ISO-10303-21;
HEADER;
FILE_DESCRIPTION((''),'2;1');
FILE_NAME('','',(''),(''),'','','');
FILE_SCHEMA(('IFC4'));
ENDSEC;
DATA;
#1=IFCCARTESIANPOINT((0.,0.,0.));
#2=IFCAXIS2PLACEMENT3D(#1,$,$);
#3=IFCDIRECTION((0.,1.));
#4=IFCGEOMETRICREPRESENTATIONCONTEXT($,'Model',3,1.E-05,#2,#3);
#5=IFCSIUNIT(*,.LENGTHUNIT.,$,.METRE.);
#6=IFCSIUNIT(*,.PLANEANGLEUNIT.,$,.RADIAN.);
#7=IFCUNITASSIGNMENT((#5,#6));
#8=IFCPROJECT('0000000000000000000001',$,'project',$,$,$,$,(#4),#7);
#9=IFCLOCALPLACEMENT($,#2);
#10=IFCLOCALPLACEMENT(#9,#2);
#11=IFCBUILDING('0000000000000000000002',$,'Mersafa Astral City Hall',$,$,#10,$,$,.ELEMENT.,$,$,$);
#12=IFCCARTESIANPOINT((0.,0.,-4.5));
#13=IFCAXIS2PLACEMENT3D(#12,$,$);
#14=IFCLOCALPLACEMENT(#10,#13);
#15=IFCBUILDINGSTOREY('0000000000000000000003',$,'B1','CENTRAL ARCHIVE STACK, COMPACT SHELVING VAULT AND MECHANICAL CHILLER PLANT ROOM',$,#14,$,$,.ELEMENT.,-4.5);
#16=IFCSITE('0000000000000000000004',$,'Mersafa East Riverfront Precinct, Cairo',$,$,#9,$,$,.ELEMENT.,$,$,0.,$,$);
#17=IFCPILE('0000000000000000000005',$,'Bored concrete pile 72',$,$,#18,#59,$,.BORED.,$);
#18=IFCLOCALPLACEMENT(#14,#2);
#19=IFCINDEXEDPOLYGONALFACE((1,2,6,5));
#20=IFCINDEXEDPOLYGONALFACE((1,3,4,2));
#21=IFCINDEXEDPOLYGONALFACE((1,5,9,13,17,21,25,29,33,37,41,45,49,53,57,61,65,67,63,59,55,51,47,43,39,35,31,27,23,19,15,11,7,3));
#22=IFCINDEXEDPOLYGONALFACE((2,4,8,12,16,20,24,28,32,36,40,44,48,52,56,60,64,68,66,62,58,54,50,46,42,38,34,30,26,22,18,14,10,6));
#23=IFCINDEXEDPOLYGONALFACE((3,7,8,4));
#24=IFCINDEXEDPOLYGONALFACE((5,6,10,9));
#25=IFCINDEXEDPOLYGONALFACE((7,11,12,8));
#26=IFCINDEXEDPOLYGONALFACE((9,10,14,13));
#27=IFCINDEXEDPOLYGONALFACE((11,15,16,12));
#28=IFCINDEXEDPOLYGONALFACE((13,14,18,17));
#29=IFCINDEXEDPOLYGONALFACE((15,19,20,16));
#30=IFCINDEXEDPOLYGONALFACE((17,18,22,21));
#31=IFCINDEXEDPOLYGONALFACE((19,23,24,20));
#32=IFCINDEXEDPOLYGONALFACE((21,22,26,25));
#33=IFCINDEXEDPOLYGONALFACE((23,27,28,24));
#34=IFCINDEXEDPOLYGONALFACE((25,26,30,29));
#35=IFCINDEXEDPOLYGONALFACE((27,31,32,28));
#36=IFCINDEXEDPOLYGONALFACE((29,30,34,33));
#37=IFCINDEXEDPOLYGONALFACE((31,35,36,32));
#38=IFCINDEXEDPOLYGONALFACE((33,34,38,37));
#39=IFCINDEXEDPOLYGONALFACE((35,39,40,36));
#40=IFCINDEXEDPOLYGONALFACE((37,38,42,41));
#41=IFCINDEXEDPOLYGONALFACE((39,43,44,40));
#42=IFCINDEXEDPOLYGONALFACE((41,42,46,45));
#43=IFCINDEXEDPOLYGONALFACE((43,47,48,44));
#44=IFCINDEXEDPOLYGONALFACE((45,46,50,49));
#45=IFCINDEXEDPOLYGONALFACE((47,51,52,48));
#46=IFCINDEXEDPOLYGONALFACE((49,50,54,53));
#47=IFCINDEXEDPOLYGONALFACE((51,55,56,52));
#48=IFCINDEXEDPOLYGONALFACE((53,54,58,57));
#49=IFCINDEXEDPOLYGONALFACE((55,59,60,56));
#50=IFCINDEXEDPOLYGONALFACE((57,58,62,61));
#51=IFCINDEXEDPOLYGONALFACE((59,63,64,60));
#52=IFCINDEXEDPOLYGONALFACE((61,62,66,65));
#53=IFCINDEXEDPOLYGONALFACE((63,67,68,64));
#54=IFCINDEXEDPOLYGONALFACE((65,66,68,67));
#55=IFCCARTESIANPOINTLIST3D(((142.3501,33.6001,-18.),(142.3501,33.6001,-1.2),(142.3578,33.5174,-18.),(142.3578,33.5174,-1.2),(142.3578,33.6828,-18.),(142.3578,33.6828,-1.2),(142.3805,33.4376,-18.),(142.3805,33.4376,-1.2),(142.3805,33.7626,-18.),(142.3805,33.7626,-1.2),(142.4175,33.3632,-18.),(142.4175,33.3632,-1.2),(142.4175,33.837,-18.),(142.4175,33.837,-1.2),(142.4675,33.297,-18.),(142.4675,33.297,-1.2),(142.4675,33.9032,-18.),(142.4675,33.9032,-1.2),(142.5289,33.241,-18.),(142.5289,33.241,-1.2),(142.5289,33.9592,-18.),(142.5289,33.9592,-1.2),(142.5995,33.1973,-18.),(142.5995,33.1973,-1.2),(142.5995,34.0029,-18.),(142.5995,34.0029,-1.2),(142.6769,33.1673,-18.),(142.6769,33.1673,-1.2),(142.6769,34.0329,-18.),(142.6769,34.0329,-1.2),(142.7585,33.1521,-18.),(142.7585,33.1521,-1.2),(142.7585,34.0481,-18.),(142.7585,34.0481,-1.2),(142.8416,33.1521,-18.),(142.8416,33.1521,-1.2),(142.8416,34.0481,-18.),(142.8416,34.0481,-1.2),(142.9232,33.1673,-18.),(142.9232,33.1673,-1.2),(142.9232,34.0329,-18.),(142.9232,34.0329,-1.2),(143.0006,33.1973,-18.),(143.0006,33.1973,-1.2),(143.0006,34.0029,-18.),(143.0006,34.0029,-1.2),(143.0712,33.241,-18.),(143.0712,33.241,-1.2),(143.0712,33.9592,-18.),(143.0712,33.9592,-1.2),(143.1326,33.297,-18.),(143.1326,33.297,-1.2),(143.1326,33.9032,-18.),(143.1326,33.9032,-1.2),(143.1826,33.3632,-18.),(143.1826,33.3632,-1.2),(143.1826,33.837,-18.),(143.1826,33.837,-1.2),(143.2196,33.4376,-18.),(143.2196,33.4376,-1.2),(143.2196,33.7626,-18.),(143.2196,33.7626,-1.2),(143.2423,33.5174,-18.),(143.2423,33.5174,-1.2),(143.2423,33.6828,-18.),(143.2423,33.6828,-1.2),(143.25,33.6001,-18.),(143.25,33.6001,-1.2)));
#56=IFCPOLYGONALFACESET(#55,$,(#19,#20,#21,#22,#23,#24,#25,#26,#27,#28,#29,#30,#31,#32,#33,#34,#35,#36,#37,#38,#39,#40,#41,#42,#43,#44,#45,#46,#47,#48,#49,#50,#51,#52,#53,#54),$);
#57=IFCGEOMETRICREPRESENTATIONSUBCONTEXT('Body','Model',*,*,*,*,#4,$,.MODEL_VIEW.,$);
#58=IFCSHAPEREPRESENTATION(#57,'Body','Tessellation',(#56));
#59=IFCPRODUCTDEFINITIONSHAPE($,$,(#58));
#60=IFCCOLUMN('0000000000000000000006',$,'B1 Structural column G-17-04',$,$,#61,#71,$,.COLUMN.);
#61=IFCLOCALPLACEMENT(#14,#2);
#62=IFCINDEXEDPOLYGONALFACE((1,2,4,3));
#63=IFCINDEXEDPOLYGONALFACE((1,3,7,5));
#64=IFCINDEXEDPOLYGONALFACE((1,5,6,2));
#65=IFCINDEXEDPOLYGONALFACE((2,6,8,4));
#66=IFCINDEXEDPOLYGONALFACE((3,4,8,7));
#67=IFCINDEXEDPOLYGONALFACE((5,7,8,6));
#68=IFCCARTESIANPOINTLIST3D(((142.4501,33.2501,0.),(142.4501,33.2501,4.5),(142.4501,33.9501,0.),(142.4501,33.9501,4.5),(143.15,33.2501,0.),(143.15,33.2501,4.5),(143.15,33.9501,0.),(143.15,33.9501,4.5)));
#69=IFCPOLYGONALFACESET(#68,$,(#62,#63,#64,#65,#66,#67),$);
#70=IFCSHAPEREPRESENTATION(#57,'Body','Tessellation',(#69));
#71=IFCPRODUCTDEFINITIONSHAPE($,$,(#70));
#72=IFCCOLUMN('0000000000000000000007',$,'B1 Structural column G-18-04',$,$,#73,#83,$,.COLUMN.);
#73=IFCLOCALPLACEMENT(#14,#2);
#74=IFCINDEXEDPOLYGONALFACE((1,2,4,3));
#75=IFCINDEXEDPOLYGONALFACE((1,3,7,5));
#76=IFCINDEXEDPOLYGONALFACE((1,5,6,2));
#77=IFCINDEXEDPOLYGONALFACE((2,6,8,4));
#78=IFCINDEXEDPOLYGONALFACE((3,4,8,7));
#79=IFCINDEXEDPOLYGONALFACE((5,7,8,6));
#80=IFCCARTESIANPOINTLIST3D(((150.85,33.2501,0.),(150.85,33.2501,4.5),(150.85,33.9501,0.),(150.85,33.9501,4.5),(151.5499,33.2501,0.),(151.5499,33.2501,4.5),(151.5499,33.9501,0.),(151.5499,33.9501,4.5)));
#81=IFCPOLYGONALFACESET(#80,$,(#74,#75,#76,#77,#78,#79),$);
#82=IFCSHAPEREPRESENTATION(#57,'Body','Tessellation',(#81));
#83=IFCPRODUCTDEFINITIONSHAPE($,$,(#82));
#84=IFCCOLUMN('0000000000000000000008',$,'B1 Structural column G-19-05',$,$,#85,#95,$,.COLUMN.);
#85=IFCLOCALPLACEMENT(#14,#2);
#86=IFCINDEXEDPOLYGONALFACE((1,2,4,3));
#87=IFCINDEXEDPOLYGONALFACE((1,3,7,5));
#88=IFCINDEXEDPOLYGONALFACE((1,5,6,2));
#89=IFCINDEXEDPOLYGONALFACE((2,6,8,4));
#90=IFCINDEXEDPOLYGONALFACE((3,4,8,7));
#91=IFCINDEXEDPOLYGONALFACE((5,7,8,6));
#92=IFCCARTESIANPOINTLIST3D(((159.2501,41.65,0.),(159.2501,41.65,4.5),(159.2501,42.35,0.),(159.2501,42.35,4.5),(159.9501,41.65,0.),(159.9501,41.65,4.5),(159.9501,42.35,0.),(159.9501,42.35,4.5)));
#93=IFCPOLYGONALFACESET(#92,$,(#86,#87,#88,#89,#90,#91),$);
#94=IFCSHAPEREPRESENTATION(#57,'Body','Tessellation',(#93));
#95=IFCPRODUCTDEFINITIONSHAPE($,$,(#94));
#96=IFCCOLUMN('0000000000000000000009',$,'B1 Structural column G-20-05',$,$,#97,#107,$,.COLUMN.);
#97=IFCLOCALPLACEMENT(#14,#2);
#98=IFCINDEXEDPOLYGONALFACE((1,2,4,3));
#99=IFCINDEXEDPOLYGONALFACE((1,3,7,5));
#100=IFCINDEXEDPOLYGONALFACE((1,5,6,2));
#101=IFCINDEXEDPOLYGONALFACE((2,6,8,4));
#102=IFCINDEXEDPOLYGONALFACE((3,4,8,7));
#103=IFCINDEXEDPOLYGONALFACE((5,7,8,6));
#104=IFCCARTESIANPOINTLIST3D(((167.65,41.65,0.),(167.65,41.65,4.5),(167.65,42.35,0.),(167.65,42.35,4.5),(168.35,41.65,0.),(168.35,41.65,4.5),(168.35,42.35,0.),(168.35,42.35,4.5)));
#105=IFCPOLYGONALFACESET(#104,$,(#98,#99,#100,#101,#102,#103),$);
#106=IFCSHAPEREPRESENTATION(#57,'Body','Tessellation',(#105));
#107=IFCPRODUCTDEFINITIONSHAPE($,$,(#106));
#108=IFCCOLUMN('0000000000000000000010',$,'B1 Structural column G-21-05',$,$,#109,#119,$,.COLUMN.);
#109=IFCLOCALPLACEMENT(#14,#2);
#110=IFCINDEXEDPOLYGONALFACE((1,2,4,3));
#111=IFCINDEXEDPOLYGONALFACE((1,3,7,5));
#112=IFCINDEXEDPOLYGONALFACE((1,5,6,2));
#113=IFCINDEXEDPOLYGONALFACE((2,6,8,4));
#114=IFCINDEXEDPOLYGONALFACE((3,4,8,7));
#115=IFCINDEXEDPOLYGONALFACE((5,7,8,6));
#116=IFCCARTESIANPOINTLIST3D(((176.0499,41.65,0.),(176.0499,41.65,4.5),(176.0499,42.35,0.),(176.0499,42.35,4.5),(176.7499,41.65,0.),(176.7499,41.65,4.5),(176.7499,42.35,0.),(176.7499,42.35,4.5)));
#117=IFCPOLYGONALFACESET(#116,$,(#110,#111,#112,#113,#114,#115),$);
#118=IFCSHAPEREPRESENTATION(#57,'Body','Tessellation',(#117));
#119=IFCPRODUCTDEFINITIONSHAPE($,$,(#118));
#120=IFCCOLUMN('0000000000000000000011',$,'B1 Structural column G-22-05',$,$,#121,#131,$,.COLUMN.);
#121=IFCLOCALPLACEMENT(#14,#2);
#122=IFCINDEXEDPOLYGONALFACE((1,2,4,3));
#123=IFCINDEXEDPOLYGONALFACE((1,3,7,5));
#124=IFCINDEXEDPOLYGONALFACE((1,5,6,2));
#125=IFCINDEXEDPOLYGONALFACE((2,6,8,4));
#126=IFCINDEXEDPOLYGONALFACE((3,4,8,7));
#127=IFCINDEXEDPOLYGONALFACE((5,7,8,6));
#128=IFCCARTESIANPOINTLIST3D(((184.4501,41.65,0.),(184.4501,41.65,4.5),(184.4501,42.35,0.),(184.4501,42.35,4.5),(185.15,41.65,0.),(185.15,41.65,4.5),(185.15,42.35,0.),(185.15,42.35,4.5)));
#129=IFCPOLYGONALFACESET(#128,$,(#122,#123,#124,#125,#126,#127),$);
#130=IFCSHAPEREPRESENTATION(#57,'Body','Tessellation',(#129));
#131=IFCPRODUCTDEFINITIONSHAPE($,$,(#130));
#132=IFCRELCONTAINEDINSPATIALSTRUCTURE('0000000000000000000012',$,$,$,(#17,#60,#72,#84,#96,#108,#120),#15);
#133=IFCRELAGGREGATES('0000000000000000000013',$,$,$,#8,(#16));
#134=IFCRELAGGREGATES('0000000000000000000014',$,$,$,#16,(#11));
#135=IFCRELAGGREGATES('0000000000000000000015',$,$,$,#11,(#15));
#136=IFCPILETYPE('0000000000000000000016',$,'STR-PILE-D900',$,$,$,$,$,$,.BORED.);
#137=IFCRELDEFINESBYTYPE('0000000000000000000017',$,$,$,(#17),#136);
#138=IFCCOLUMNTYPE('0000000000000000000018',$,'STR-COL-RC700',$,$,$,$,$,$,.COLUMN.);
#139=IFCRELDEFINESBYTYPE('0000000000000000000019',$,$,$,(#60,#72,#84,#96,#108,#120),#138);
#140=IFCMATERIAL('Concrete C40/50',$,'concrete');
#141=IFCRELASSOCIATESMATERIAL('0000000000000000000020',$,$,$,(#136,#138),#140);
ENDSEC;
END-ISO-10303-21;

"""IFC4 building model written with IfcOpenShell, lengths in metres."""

from ifc_helpers import new_model, si_unit, direction, frame, origin, origin_2d, place, context, subcontext, project, spatial, rectangle, circle, extrude, material, material_profile, profile_set, type_object, element, save


model = new_model("IFC4")

# Units and contexts
model_context = context("Model", 3, precision=1e-05, world=origin(), true_north=direction((0.0, 1.0)))
body_context = subcontext(model_context, "Body", "Model", "MODEL_VIEW")
ifc_project = project(units=[si_unit("LENGTHUNIT", "METRE"), si_unit("PLANEANGLEUNIT", "RADIAN")], contexts=[model_context])

# Site, building, storey
site_placement = place(None, origin())
site = spatial("IfcSite", under=ifc_project, at=site_placement, Name="Mersafa East Riverfront Precinct, Cairo", CompositionType="ELEMENT", RefElevation=0.0)
building_placement = place(site_placement, origin())
building = spatial("IfcBuilding", under=site, at=building_placement, Name="Mersafa Astral City Hall", CompositionType="ELEMENT")
storey_placement = place(building_placement, frame((0.0, 0.0, -4.5)))
storey = spatial("IfcBuildingStorey", under=building, at=storey_placement, Name="B1", Description="CENTRAL ARCHIVE STACK, COMPACT SHELVING VAULT AND MECHANICAL CHILLER PLANT ROOM", CompositionType="ELEMENT", Elevation=-4.5)

# Shared definitions
ifc_material = material(Name="Concrete C40/50", Category="concrete")

# Pile
ifc_material_profile_1 = material_profile(ifc_material, circle(Radius=0.45, at=origin_2d()), Name="PILE D900")
ifc_profile_set_1 = profile_set([ifc_material_profile_1], Name="Concrete C40/50")
pile_type_1 = type_object("IfcPileType", Name="STR-PILE-D900", PredefinedType="BORED", material=ifc_profile_set_1)
pile_placement = place(storey_placement, frame((142.8, 33.6001, -1.2), z_axis=(0.0, 0.0, -1.0), x_axis=(1.0, 0.0, 0.0)))
element("IfcPile", 1, at=pile_placement, inside=storey, type_object=pile_type_1, Name="Bored concrete pile 72", PredefinedType="BORED", context=body_context, shape_type="SweptSolid", body=[
    extrude(circle(Radius=0.45, at=origin_2d()), origin(), (0.0, 0.0, 1.0), 16.8),
])

# Columns
ifc_material_profile_2 = material_profile(ifc_material, rectangle(XDim=0.7, YDim=0.7, at=origin_2d()), Name="RC 700x700")
ifc_profile_set_2 = profile_set([ifc_material_profile_2], Name="Concrete C40/50")
column_type = type_object("IfcColumnType", Name="STR-COL-RC700", PredefinedType="COLUMN", material=ifc_profile_set_2)
for number, where, z_axis, x_axis, name in (
    (2, (142.8, 33.6001, 0.0), (0.0, 0.0, 1.0), (1.0, 0.0, 0.0), "B1 Structural column G-17-04"),
    (3, (151.2, 33.6001, 0.0), (0.0, 0.0, 1.0), (1.0, 0.0, 0.0), "B1 Structural column G-18-04"),
    (4, (159.6001, 42.0, 0.0), (0.0, 0.0, 1.0), (1.0, 0.0, 0.0), "B1 Structural column G-19-05"),
    (5, (168.0, 42.0, 0.0), (0.0, 0.0, 1.0), (1.0, 0.0, 0.0), "B1 Structural column G-20-05"),
    (6, (176.3999, 42.0, 0.0), (0.0, 0.0, 1.0), (1.0, 0.0, 0.0), "B1 Structural column G-21-05"),
    (7, (184.8, 42.0, 0.0), (0.0, 0.0, 1.0), (1.0, 0.0, 0.0), "B1 Structural column G-22-05"),
):
    element("IfcColumn", number, at=place(storey_placement, frame(where, z_axis=z_axis, x_axis=x_axis)), inside=storey, type_object=column_type, Name=name, PredefinedType="COLUMN", context=body_context, shape_type="SweptSolid", body=[
        extrude(rectangle(XDim=0.7, YDim=0.7, at=origin_2d()), origin(), (0.0, 0.0, 1.0), 4.5),
    ])

save(model, "model.ifc")
